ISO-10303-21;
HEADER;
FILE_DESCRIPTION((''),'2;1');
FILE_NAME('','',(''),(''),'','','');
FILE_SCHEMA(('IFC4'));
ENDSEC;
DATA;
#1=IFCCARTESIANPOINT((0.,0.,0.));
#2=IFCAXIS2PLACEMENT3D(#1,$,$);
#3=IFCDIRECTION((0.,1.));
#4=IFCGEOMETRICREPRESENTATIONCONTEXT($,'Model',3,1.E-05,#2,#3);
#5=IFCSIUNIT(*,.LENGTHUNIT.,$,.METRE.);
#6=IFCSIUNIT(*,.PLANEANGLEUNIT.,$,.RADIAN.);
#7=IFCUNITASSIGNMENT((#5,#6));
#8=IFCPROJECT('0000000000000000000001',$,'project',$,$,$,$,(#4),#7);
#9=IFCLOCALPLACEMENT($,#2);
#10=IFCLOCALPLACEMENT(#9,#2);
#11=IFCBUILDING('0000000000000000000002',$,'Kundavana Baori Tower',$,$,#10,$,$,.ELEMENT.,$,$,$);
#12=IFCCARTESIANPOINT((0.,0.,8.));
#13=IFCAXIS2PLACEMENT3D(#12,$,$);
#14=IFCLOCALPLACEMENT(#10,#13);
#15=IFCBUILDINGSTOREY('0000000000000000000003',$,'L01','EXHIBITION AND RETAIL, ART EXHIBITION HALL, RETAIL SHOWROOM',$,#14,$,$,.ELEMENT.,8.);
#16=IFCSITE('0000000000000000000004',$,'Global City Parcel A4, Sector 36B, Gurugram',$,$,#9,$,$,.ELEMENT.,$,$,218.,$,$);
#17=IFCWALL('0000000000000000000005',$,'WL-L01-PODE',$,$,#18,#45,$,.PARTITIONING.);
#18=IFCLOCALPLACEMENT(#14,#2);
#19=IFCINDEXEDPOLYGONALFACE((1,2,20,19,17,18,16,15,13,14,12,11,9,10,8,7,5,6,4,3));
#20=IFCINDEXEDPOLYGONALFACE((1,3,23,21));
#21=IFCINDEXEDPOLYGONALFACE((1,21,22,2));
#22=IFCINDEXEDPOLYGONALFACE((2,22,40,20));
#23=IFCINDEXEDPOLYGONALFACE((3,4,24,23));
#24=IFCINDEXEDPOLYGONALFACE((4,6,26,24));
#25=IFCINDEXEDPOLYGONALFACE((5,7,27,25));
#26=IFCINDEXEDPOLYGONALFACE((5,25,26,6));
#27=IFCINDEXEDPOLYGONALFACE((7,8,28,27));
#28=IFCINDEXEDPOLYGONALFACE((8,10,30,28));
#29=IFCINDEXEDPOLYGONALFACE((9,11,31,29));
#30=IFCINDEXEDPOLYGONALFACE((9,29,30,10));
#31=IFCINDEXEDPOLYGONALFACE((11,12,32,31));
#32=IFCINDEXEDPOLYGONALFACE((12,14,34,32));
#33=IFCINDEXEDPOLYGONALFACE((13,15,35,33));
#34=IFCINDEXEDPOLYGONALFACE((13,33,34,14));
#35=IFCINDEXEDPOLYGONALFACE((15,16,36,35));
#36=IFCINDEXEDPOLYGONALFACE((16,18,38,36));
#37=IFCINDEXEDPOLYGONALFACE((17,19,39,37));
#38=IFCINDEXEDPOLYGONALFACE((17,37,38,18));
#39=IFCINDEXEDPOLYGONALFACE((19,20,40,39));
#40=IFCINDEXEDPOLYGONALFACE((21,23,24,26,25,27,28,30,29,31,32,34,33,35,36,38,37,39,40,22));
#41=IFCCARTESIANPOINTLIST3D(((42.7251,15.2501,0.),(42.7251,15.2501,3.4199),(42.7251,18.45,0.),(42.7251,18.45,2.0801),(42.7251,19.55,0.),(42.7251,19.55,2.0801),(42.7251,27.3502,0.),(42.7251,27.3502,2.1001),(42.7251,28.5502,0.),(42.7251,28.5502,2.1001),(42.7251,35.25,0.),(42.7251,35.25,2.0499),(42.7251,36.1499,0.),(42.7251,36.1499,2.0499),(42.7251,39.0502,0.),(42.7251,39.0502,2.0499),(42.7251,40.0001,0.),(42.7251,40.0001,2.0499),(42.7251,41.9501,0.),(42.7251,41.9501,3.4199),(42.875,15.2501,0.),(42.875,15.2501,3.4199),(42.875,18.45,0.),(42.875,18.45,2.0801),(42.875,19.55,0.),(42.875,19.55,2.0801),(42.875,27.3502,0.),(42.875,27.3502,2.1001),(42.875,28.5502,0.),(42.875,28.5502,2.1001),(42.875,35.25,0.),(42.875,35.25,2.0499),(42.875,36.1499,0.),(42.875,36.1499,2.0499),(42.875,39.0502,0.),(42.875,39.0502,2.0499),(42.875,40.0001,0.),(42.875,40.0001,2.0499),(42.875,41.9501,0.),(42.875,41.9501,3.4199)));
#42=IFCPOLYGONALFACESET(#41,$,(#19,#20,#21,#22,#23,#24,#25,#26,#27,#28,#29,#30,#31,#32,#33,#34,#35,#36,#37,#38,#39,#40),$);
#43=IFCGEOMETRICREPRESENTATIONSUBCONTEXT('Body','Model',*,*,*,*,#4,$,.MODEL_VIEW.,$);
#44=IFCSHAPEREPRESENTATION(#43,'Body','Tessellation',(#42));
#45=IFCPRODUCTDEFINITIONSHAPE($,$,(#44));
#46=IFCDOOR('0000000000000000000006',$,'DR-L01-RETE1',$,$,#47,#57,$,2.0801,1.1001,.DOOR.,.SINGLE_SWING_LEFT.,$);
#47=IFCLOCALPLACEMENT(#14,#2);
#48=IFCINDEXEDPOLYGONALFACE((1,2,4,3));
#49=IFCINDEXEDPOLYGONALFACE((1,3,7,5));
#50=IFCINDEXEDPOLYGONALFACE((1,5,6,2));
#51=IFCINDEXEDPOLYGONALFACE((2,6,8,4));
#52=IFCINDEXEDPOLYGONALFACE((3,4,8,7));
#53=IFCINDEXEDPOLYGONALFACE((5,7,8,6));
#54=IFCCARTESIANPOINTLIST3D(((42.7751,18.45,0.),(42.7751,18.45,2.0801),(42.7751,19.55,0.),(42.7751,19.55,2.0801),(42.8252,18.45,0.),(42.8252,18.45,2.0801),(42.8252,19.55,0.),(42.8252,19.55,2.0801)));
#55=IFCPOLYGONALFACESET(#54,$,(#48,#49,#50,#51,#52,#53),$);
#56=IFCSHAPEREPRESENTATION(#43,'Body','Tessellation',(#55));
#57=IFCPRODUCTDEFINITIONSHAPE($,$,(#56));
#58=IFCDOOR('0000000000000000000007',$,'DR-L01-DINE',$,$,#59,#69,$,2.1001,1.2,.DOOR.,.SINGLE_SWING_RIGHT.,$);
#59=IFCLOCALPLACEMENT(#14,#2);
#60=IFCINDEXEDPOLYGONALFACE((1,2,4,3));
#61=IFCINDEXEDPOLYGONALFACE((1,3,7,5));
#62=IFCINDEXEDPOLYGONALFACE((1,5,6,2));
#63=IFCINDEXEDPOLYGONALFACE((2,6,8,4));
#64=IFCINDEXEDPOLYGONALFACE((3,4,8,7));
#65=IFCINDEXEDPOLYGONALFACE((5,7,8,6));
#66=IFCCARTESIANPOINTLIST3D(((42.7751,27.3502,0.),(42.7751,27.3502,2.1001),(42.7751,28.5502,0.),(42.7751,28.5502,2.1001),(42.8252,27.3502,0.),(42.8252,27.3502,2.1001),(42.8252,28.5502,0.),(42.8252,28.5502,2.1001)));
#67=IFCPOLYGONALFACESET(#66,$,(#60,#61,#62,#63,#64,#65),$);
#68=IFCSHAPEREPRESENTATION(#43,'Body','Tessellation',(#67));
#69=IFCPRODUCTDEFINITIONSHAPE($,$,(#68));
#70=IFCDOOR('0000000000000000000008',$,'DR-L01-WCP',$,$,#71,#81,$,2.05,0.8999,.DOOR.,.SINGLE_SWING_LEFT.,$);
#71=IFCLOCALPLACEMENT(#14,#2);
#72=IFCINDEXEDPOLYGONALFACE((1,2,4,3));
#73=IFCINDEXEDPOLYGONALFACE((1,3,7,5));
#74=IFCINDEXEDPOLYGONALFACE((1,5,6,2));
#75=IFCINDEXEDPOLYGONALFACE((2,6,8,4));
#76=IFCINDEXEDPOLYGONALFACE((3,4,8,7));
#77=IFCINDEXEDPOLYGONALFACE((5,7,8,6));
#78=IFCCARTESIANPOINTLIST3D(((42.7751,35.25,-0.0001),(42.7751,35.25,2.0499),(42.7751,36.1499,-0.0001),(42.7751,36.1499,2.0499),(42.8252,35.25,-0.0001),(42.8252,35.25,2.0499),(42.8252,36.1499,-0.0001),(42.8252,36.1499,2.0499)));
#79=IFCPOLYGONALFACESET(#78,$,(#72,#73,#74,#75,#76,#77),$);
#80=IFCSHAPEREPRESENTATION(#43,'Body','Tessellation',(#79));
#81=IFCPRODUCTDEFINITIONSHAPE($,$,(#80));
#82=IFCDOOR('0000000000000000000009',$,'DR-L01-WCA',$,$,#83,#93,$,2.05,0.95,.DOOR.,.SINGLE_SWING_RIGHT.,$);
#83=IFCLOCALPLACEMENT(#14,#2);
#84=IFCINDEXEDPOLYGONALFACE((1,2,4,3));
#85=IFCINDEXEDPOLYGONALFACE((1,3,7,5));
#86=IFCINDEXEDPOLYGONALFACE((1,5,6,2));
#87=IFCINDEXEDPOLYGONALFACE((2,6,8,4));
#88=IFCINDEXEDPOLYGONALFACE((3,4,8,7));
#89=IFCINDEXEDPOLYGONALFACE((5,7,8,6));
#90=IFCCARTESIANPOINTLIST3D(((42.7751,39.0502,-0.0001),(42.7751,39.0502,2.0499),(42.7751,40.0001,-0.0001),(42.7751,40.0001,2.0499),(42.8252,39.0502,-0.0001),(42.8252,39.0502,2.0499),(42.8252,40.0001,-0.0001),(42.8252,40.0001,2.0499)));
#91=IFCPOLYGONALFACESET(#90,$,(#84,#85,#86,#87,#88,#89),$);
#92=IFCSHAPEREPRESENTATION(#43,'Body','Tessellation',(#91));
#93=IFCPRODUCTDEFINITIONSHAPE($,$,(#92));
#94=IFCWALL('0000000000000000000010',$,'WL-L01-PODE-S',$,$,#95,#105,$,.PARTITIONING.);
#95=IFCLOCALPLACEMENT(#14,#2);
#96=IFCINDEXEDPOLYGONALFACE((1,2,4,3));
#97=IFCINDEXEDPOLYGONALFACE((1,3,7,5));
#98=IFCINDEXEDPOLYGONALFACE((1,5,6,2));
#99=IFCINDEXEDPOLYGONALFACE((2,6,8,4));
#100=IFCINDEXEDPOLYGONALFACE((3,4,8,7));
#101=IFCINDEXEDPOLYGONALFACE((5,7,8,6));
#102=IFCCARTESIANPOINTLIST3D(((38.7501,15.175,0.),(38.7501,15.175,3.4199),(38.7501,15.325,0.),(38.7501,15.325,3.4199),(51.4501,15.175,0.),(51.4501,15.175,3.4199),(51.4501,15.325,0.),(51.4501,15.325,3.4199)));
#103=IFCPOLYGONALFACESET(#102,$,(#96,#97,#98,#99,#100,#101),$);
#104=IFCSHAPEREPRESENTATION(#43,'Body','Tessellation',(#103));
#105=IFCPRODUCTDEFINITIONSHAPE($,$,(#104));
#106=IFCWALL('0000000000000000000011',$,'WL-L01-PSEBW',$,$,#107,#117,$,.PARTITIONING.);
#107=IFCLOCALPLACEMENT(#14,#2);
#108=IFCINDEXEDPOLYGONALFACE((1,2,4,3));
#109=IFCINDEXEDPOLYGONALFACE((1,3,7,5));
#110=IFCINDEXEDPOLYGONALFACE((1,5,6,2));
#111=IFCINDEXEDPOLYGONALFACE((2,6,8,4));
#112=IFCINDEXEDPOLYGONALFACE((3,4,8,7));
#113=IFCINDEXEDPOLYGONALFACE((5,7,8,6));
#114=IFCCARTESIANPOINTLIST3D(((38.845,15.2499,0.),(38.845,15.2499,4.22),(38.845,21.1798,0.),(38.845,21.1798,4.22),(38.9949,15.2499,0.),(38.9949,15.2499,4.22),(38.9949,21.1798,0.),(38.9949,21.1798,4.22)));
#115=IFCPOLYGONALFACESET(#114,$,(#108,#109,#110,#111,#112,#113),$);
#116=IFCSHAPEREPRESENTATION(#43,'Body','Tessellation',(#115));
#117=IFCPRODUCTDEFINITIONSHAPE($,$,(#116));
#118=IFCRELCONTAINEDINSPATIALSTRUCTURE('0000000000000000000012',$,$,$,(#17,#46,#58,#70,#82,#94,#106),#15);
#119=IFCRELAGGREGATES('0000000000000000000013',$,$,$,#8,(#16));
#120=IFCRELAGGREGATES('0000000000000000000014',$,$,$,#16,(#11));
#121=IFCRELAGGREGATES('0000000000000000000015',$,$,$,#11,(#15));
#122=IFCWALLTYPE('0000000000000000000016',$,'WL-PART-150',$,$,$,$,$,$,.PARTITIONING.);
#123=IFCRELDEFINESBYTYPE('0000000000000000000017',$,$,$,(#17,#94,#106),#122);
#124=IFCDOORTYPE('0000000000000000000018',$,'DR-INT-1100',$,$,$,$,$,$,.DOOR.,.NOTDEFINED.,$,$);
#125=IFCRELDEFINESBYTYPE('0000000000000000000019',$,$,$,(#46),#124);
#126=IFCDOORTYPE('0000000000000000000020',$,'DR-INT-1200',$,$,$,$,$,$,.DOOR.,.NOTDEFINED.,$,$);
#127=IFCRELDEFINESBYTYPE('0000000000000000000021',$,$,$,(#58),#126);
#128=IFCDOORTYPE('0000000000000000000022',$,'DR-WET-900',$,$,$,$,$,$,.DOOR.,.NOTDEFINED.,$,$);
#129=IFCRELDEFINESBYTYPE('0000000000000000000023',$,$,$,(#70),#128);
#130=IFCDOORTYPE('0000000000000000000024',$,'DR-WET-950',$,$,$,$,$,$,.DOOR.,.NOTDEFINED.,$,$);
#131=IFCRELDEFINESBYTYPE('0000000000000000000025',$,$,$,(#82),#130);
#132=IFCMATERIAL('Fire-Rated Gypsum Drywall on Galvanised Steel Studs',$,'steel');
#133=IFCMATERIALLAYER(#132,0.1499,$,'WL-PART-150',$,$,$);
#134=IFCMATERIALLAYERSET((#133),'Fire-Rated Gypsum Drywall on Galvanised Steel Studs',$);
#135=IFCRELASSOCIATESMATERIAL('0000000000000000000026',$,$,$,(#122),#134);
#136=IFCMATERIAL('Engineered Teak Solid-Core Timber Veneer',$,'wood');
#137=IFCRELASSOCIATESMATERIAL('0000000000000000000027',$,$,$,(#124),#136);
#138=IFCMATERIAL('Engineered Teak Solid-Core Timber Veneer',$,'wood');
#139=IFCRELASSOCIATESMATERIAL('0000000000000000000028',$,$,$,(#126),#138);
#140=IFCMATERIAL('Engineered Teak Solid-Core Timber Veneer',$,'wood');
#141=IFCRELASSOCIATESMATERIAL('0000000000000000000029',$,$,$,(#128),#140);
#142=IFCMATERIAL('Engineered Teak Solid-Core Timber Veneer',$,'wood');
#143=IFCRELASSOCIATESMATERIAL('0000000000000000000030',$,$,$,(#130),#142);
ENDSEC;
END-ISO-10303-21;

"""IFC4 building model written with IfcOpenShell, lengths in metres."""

from ifc_helpers import new_model, si_unit, direction, frame, frame_2d, origin, place, context, subcontext, project, spatial, rectangle, extrude, material, layer, layer_set, type_object, element, fill, save


model = new_model("IFC4")

# Units and contexts
model_context = context("Model", 3, precision=1e-05, world=origin(), true_north=direction((0.0, 1.0)))
body_context = subcontext(model_context, "Body", "Model", "MODEL_VIEW")
ifc_project = project(units=[si_unit("LENGTHUNIT", "METRE"), si_unit("PLANEANGLEUNIT", "RADIAN")], contexts=[model_context])

# Site, building, storey
site_placement = place(None, origin())
site = spatial("IfcSite", under=ifc_project, at=site_placement, Name="Global City Parcel A4, Sector 36B, Gurugram", CompositionType="ELEMENT", RefElevation=218.0)
building_placement = place(site_placement, origin())
building = spatial("IfcBuilding", under=site, at=building_placement, Name="Kundavana Baori Tower", CompositionType="ELEMENT")
storey_placement = place(building_placement, frame((0.0, 0.0, 8.0)))
storey = spatial("IfcBuildingStorey", under=building, at=storey_placement, Name="L01", Description="EXHIBITION AND RETAIL, ART EXHIBITION HALL, RETAIL SHOWROOM", CompositionType="ELEMENT", Elevation=8.0)

# Wall, openings, doors
ifc_material_1 = material(Name="Fire-Rated Gypsum Drywall on Galvanised Steel Studs", Category="steel")
ifc_layer_1 = layer(ifc_material_1, 0.1499, Name="WL-PART-150")
ifc_layer_set_1 = layer_set([ifc_layer_1], Name="Fire-Rated Gypsum Drywall on Galvanised Steel Studs")
wall_type_1 = type_object("IfcWallType", Name="WL-PART-150", PredefinedType="PARTITIONING", material=ifc_layer_set_1)
wall_1_placement = place(storey_placement, frame((42.8, 15.25, 0.0), z_axis=(0.0, 0.0, 1.0), x_axis=(0.0, 1.0, 0.0)))
wall_1 = element("IfcWall", 1, at=wall_1_placement, inside=storey, type_object=wall_type_1, Name="WL-L01-PODE", PredefinedType="PARTITIONING", context=body_context, shape_type="SweptSolid", body=[
    extrude(rectangle(XDim=26.7, YDim=0.1499, at=frame_2d((13.3501, 0.0))), origin(), (0.0, 0.0, 1.0), 3.4199),
])
opening_1_placement = place(wall_1_placement, frame((3.2, 0.0, 0.0)))
opening_1 = element("IfcOpeningElement", 2, at=opening_1_placement, cuts=wall_1, PredefinedType="OPENING", context=body_context, shape_type="SweptSolid", body=[
    extrude(rectangle(XDim=1.1001, YDim=2.0801, at=frame_2d((0.55, 1.04))), frame((0.0, 0.085, 0.0), z_axis=(0.0, -1.0, 0.0), x_axis=(1.0, 0.0, 0.0)), (0.0, 0.0, 1.0), 0.1699),
])
opening_2_placement = place(wall_1_placement, frame((12.1001, 0.0, 0.0)))
opening_2 = element("IfcOpeningElement", 3, at=opening_2_placement, cuts=wall_1, PredefinedType="OPENING", context=body_context, shape_type="SweptSolid", body=[
    extrude(rectangle(XDim=1.2, YDim=2.1001, at=frame_2d((0.6001, 1.05))), frame((0.0, 0.085, 0.0), z_axis=(0.0, -1.0, 0.0), x_axis=(1.0, 0.0, 0.0)), (0.0, 0.0, 1.0), 0.1699),
])
opening_3_placement = place(wall_1_placement, frame((20.0, 0.0, 0.0)))
opening_3 = element("IfcOpeningElement", 4, at=opening_3_placement, cuts=wall_1, PredefinedType="OPENING", context=body_context, shape_type="SweptSolid", body=[
    extrude(rectangle(XDim=0.8999, YDim=2.05, at=frame_2d((0.45, 1.0249))), frame((0.0, 0.085, 0.0), z_axis=(0.0, -1.0, 0.0), x_axis=(1.0, 0.0, 0.0)), (0.0, 0.0, 1.0), 0.1699),
])
opening_4_placement = place(wall_1_placement, frame((23.8, 0.0, 0.0)))
opening_4 = element("IfcOpeningElement", 5, at=opening_4_placement, cuts=wall_1, PredefinedType="OPENING", context=body_context, shape_type="SweptSolid", body=[
    extrude(rectangle(XDim=0.95, YDim=2.05, at=frame_2d((0.4751, 1.0249))), frame((0.0, 0.085, 0.0), z_axis=(0.0, -1.0, 0.0), x_axis=(1.0, 0.0, 0.0)), (0.0, 0.0, 1.0), 0.1699),
])
ifc_material_2 = material(Name="Engineered Teak Solid-Core Timber Veneer", Category="wood")
door_type_1 = type_object("IfcDoorType", Name="DR-INT-1100", OperationType="NOTDEFINED", PredefinedType="DOOR", material=ifc_material_2)
door_1_placement = place(opening_1_placement, origin())
door_1 = element("IfcDoor", 6, at=door_1_placement, inside=storey, type_object=door_type_1, Name="DR-L01-RETE1", OperationType="SINGLE_SWING_LEFT", OverallHeight=2.0801, OverallWidth=1.1001, PredefinedType="DOOR", context=body_context, shape_type="SweptSolid", body=[
    extrude(rectangle(XDim=1.1001, YDim=2.0801, at=frame_2d((0.55, 1.04))), frame((0.0, 0.0249, 0.0), z_axis=(0.0, -1.0, 0.0), x_axis=(1.0, 0.0, 0.0)), (0.0, 0.0, 1.0), 0.05),
])
fill(opening_1, door_1)
ifc_material_3 = material(Name="Engineered Teak Solid-Core Timber Veneer", Category="wood")
door_type_2 = type_object("IfcDoorType", Name="DR-INT-1200", OperationType="NOTDEFINED", PredefinedType="DOOR", material=ifc_material_3)
door_2_placement = place(opening_2_placement, origin())
door_2 = element("IfcDoor", 7, at=door_2_placement, inside=storey, type_object=door_type_2, Name="DR-L01-DINE", OperationType="SINGLE_SWING_RIGHT", OverallHeight=2.1001, OverallWidth=1.2, PredefinedType="DOOR", context=body_context, shape_type="SweptSolid", body=[
    extrude(rectangle(XDim=1.2, YDim=2.1001, at=frame_2d((0.6001, 1.05))), frame((0.0, 0.0249, 0.0), z_axis=(0.0, -1.0, 0.0), x_axis=(1.0, 0.0, 0.0)), (0.0, 0.0, 1.0), 0.05),
])
fill(opening_2, door_2)
ifc_material_4 = material(Name="Engineered Teak Solid-Core Timber Veneer", Category="wood")
door_type_3 = type_object("IfcDoorType", Name="DR-WET-900", OperationType="NOTDEFINED", PredefinedType="DOOR", material=ifc_material_4)
door_3_placement = place(opening_3_placement, origin())
door_3 = element("IfcDoor", 8, at=door_3_placement, inside=storey, type_object=door_type_3, Name="DR-L01-WCP", OperationType="SINGLE_SWING_LEFT", OverallHeight=2.05, OverallWidth=0.8999, PredefinedType="DOOR", context=body_context, shape_type="SweptSolid", body=[
    extrude(rectangle(XDim=0.8999, YDim=2.05, at=frame_2d((0.45, 1.0249))), frame((0.0, 0.0249, 0.0), z_axis=(0.0, -1.0, 0.0), x_axis=(1.0, 0.0, 0.0)), (0.0, 0.0, 1.0), 0.05),
])
fill(opening_3, door_3)
ifc_material_5 = material(Name="Engineered Teak Solid-Core Timber Veneer", Category="wood")
door_type_4 = type_object("IfcDoorType", Name="DR-WET-950", OperationType="NOTDEFINED", PredefinedType="DOOR", material=ifc_material_5)
door_4_placement = place(opening_4_placement, origin())
door_4 = element("IfcDoor", 9, at=door_4_placement, inside=storey, type_object=door_type_4, Name="DR-L01-WCA", OperationType="SINGLE_SWING_RIGHT", OverallHeight=2.05, OverallWidth=0.95, PredefinedType="DOOR", context=body_context, shape_type="SweptSolid", body=[
    extrude(rectangle(XDim=0.95, YDim=2.05, at=frame_2d((0.4751, 1.0249))), frame((0.0, 0.0249, 0.0), z_axis=(0.0, -1.0, 0.0), x_axis=(1.0, 0.0, 0.0)), (0.0, 0.0, 1.0), 0.05),
])
fill(opening_4, door_4)

# Walls
wall_2_placement = place(storey_placement, frame((38.75, 15.25, 0.0), z_axis=(0.0, 0.0, 1.0), x_axis=(1.0, 0.0, 0.0)))
element("IfcWall", 10, at=wall_2_placement, inside=storey, type_object=wall_type_1, Name="WL-L01-PODE-S", PredefinedType="PARTITIONING", context=body_context, shape_type="SweptSolid", body=[
    extrude(rectangle(XDim=12.7, YDim=0.1499, at=frame_2d((6.3501, 0.0))), origin(), (0.0, 0.0, 1.0), 3.4199),
])
wall_3_placement = place(storey_placement, frame((38.9199, 15.25, 0.0), z_axis=(0.0, 0.0, 1.0), x_axis=(0.0, 1.0, 0.0)))
element("IfcWall", 11, at=wall_3_placement, inside=storey, type_object=wall_type_1, Name="WL-L01-PSEBW", PredefinedType="PARTITIONING", context=body_context, shape_type="SweptSolid", body=[
    extrude(rectangle(XDim=5.9299, YDim=0.1499, at=frame_2d((2.9648, 0.0))), origin(), (0.0, 0.0, 1.0), 4.22),
])

save(model, "model.ifc")
